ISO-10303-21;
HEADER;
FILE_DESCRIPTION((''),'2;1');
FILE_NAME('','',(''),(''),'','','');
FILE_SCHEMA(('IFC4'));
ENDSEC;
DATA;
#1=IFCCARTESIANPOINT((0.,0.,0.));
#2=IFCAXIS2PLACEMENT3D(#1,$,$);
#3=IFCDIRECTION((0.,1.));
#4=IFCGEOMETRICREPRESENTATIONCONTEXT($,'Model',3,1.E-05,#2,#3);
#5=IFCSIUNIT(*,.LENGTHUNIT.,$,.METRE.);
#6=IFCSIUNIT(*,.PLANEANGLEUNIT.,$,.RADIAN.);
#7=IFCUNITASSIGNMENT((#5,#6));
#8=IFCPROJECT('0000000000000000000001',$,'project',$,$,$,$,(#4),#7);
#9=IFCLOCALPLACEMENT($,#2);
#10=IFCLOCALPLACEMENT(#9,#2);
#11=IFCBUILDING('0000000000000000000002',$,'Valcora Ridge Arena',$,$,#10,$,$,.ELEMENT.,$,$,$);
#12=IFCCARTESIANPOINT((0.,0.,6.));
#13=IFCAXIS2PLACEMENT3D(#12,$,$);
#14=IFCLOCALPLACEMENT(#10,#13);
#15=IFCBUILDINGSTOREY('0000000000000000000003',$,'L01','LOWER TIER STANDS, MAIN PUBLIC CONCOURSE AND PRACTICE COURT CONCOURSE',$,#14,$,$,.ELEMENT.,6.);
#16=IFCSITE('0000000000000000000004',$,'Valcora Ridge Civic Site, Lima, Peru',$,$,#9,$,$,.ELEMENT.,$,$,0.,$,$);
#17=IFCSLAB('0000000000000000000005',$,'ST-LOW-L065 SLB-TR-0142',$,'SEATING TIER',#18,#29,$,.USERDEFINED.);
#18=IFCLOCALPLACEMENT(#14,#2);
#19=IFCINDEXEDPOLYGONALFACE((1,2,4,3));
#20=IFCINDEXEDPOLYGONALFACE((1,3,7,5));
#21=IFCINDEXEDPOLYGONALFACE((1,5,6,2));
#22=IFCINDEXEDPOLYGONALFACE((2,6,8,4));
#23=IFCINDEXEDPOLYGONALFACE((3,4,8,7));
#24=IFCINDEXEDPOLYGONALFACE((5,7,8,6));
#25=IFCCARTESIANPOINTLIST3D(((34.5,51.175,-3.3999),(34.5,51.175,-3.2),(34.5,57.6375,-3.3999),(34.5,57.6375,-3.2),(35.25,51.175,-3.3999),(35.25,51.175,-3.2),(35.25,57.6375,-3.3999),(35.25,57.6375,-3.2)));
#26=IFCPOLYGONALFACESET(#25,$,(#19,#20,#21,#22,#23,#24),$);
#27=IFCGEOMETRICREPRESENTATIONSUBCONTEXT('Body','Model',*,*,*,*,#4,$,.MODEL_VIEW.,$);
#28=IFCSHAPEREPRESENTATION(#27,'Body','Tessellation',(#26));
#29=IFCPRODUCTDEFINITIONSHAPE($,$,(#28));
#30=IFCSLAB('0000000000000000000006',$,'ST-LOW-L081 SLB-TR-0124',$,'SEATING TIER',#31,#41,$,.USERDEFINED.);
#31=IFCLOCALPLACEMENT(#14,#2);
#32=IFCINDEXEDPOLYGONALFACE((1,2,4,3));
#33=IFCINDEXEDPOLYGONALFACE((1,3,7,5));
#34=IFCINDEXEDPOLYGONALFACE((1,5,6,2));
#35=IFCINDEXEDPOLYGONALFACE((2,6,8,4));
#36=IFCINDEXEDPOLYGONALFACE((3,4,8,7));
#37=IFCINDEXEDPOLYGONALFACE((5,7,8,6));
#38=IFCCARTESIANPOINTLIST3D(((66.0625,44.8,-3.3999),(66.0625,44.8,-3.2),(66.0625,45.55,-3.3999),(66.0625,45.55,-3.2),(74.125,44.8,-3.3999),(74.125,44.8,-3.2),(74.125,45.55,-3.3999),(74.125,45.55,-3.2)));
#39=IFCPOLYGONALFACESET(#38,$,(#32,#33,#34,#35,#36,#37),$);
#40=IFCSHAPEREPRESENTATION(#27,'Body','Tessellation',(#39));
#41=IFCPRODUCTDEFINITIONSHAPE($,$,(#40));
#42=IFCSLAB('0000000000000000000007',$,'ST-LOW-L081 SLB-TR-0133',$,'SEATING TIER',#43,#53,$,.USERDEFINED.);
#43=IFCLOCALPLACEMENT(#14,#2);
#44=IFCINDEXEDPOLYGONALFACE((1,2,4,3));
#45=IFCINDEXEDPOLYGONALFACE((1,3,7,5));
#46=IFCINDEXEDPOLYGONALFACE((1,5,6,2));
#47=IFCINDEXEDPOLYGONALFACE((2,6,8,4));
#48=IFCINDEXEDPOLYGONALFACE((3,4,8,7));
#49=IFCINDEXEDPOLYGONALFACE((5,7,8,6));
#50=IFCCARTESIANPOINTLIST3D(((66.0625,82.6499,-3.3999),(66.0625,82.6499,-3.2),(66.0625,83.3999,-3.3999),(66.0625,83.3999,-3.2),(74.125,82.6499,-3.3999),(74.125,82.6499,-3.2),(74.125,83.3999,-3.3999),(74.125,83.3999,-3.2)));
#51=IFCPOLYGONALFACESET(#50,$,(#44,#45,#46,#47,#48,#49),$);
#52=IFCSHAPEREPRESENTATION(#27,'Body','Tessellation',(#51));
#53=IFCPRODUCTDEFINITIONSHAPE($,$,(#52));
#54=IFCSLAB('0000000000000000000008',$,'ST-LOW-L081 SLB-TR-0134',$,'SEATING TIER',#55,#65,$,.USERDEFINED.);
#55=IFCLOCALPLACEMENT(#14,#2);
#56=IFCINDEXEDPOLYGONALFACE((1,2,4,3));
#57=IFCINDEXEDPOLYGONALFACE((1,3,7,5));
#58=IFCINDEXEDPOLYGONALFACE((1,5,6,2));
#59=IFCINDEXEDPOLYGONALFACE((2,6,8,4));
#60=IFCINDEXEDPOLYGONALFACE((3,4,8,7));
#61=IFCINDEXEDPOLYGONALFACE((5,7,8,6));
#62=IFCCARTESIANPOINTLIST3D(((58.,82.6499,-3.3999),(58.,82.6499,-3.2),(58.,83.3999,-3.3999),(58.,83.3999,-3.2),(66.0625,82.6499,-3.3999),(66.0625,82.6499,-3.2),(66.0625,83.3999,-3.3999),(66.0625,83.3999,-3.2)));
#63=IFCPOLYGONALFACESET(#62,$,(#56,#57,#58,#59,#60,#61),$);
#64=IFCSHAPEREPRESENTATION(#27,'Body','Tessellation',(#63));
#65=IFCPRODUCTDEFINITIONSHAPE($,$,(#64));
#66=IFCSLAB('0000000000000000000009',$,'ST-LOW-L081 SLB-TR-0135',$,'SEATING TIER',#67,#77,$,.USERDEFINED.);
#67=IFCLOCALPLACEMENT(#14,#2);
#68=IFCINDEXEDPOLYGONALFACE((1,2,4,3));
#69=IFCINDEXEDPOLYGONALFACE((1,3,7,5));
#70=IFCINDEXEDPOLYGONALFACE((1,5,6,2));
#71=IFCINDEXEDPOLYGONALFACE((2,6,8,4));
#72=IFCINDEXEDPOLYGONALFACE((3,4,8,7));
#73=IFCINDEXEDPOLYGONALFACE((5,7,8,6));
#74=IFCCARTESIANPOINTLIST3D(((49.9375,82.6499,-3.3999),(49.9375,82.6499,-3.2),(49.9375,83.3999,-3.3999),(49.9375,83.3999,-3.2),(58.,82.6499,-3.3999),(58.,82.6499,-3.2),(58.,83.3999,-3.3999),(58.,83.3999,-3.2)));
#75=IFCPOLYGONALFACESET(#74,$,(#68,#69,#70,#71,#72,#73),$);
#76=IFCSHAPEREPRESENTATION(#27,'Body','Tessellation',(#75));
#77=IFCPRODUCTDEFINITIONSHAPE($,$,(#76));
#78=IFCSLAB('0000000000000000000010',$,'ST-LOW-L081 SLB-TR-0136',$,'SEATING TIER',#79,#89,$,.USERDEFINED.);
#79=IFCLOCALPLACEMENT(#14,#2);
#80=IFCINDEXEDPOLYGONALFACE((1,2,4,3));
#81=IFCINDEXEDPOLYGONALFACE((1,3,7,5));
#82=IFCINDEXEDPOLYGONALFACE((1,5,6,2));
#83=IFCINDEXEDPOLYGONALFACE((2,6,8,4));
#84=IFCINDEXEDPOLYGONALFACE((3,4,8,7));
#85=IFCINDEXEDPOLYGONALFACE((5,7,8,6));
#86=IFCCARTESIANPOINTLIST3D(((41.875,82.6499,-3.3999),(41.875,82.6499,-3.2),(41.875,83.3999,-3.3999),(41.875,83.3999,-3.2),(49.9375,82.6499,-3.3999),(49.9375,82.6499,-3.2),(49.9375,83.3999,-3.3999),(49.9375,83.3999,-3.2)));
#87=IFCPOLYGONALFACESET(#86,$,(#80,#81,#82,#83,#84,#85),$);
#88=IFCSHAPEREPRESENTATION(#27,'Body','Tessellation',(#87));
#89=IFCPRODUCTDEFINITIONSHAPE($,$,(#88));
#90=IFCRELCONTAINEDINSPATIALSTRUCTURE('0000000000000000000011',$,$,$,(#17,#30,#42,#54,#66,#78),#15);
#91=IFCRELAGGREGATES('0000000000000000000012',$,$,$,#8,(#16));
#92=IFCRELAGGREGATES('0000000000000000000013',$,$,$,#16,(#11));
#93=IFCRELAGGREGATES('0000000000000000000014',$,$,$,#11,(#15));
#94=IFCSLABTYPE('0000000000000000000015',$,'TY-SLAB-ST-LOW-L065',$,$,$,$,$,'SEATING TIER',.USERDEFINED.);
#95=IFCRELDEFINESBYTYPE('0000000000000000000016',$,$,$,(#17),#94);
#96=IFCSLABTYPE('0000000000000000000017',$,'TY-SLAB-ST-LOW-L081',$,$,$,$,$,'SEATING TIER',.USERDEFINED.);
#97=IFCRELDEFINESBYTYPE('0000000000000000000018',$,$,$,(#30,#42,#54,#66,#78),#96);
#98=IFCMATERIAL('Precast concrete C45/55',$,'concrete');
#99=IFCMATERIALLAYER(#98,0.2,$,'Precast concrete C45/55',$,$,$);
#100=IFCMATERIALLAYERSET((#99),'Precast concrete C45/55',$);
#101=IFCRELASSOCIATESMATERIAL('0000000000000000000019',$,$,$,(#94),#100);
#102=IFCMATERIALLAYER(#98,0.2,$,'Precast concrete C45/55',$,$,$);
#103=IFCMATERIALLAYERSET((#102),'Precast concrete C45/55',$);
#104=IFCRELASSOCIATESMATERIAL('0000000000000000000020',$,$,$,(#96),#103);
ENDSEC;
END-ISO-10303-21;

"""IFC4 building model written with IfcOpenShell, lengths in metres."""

from ifc_helpers import new_model, si_unit, direction, frame, origin, place, context, subcontext, project, spatial, polyline, outline, extrude, material, layer, layer_set, type_object, element, save


model = new_model("IFC4")

# Units and contexts
model_context = context("Model", 3, precision=1e-05, world=origin(), true_north=direction((0.0, 1.0)))
body_context = subcontext(model_context, "Body", "Model", "MODEL_VIEW")
ifc_project = project(units=[si_unit("LENGTHUNIT", "METRE"), si_unit("PLANEANGLEUNIT", "RADIAN")], contexts=[model_context])

# Site, building, storey
site_placement = place(None, origin())
site = spatial("IfcSite", under=ifc_project, at=site_placement, Name="Valcora Ridge Civic Site, Lima, Peru", CompositionType="ELEMENT", RefElevation=0.0)
building_placement = place(site_placement, origin())
building = spatial("IfcBuilding", under=site, at=building_placement, Name="Valcora Ridge Arena", CompositionType="ELEMENT")
storey_placement = place(building_placement, frame((0.0, 0.0, 6.0)))
storey = spatial("IfcBuildingStorey", under=building, at=storey_placement, Name="L01", Description="LOWER TIER STANDS, MAIN PUBLIC CONCOURSE AND PRACTICE COURT CONCOURSE", CompositionType="ELEMENT", Elevation=6.0)

# Slabs
ifc_material_1 = material(Name="Precast concrete C45/55", Category="concrete")
ifc_layer_1 = layer(ifc_material_1, 0.2, Name="Precast concrete C45/55")
ifc_layer_set_1 = layer_set([ifc_layer_1], Name="Precast concrete C45/55")
slab_type_1 = type_object("IfcSlabType", Name="TY-SLAB-ST-LOW-L065", ElementType="SEATING TIER", PredefinedType="USERDEFINED", material=ifc_layer_set_1)
slab_1_placement = place(storey_placement, frame((0.0, 0.0, -3.3999)))
element("IfcSlab", 1, at=slab_1_placement, inside=storey, type_object=slab_type_1, Name="ST-LOW-L065 SLB-TR-0142", ObjectType="SEATING TIER", PredefinedType="USERDEFINED", context=body_context, shape_type="SweptSolid", body=[
    extrude(outline(polyline([(35.25, 57.6375), (35.25, 51.175), (34.5, 51.175), (34.5, 57.6375), (35.25, 57.6375)])), origin(), (0.0, 0.0, 1.0), 0.2),
])
ifc_layer_2 = layer(ifc_material_1, 0.2, Name="Precast concrete C45/55")
ifc_layer_set_2 = layer_set([ifc_layer_2], Name="Precast concrete C45/55")
slab_type_2 = type_object("IfcSlabType", Name="TY-SLAB-ST-LOW-L081", ElementType="SEATING TIER", PredefinedType="USERDEFINED", material=ifc_layer_set_2)
slab_2_placement = place(storey_placement, frame((0.0, 0.0, -3.3999)))
element("IfcSlab", 2, at=slab_2_placement, inside=storey, type_object=slab_type_2, Name="ST-LOW-L081 SLB-TR-0124", ObjectType="SEATING TIER", PredefinedType="USERDEFINED", context=body_context, shape_type="SweptSolid", body=[
    extrude(outline(polyline([(66.0625, 45.55), (74.125, 45.55), (74.125, 44.8), (66.0625, 44.8), (66.0625, 45.55)])), origin(), (0.0, 0.0, 1.0), 0.2),
])
slab_3_placement = place(storey_placement, frame((0.0, 0.0, -3.3999)))
element("IfcSlab", 3, at=slab_3_placement, inside=storey, type_object=slab_type_2, Name="ST-LOW-L081 SLB-TR-0133", ObjectType="SEATING TIER", PredefinedType="USERDEFINED", context=body_context, shape_type="SweptSolid", body=[
    extrude(outline(polyline([(74.125, 82.6499), (66.0625, 82.6499), (66.0625, 83.3999), (74.125, 83.3999), (74.125, 82.6499)])), origin(), (0.0, 0.0, 1.0), 0.2),
])
slab_4_placement = place(storey_placement, frame((0.0, 0.0, -3.3999)))
element("IfcSlab", 4, at=slab_4_placement, inside=storey, type_object=slab_type_2, Name="ST-LOW-L081 SLB-TR-0134", ObjectType="SEATING TIER", PredefinedType="USERDEFINED", context=body_context, shape_type="SweptSolid", body=[
    extrude(outline(polyline([(66.0625, 82.6499), (58.0, 82.6499), (58.0, 83.3999), (66.0625, 83.3999), (66.0625, 82.6499)])), origin(), (0.0, 0.0, 1.0), 0.2),
])
slab_5_placement = place(storey_placement, frame((0.0, 0.0, -3.3999)))
element("IfcSlab", 5, at=slab_5_placement, inside=storey, type_object=slab_type_2, Name="ST-LOW-L081 SLB-TR-0135", ObjectType="SEATING TIER", PredefinedType="USERDEFINED", context=body_context, shape_type="SweptSolid", body=[
    extrude(outline(polyline([(58.0, 82.6499), (49.9375, 82.6499), (49.9375, 83.3999), (58.0, 83.3999), (58.0, 82.6499)])), origin(), (0.0, 0.0, 1.0), 0.2),
])
slab_6_placement = place(storey_placement, frame((0.0, 0.0, -3.3999)))
element("IfcSlab", 6, at=slab_6_placement, inside=storey, type_object=slab_type_2, Name="ST-LOW-L081 SLB-TR-0136", ObjectType="SEATING TIER", PredefinedType="USERDEFINED", context=body_context, shape_type="SweptSolid", body=[
    extrude(outline(polyline([(49.9375, 82.6499), (41.875, 82.6499), (41.875, 83.3999), (49.9375, 83.3999), (49.9375, 82.6499)])), origin(), (0.0, 0.0, 1.0), 0.2),
])

save(model, "model.ifc")
